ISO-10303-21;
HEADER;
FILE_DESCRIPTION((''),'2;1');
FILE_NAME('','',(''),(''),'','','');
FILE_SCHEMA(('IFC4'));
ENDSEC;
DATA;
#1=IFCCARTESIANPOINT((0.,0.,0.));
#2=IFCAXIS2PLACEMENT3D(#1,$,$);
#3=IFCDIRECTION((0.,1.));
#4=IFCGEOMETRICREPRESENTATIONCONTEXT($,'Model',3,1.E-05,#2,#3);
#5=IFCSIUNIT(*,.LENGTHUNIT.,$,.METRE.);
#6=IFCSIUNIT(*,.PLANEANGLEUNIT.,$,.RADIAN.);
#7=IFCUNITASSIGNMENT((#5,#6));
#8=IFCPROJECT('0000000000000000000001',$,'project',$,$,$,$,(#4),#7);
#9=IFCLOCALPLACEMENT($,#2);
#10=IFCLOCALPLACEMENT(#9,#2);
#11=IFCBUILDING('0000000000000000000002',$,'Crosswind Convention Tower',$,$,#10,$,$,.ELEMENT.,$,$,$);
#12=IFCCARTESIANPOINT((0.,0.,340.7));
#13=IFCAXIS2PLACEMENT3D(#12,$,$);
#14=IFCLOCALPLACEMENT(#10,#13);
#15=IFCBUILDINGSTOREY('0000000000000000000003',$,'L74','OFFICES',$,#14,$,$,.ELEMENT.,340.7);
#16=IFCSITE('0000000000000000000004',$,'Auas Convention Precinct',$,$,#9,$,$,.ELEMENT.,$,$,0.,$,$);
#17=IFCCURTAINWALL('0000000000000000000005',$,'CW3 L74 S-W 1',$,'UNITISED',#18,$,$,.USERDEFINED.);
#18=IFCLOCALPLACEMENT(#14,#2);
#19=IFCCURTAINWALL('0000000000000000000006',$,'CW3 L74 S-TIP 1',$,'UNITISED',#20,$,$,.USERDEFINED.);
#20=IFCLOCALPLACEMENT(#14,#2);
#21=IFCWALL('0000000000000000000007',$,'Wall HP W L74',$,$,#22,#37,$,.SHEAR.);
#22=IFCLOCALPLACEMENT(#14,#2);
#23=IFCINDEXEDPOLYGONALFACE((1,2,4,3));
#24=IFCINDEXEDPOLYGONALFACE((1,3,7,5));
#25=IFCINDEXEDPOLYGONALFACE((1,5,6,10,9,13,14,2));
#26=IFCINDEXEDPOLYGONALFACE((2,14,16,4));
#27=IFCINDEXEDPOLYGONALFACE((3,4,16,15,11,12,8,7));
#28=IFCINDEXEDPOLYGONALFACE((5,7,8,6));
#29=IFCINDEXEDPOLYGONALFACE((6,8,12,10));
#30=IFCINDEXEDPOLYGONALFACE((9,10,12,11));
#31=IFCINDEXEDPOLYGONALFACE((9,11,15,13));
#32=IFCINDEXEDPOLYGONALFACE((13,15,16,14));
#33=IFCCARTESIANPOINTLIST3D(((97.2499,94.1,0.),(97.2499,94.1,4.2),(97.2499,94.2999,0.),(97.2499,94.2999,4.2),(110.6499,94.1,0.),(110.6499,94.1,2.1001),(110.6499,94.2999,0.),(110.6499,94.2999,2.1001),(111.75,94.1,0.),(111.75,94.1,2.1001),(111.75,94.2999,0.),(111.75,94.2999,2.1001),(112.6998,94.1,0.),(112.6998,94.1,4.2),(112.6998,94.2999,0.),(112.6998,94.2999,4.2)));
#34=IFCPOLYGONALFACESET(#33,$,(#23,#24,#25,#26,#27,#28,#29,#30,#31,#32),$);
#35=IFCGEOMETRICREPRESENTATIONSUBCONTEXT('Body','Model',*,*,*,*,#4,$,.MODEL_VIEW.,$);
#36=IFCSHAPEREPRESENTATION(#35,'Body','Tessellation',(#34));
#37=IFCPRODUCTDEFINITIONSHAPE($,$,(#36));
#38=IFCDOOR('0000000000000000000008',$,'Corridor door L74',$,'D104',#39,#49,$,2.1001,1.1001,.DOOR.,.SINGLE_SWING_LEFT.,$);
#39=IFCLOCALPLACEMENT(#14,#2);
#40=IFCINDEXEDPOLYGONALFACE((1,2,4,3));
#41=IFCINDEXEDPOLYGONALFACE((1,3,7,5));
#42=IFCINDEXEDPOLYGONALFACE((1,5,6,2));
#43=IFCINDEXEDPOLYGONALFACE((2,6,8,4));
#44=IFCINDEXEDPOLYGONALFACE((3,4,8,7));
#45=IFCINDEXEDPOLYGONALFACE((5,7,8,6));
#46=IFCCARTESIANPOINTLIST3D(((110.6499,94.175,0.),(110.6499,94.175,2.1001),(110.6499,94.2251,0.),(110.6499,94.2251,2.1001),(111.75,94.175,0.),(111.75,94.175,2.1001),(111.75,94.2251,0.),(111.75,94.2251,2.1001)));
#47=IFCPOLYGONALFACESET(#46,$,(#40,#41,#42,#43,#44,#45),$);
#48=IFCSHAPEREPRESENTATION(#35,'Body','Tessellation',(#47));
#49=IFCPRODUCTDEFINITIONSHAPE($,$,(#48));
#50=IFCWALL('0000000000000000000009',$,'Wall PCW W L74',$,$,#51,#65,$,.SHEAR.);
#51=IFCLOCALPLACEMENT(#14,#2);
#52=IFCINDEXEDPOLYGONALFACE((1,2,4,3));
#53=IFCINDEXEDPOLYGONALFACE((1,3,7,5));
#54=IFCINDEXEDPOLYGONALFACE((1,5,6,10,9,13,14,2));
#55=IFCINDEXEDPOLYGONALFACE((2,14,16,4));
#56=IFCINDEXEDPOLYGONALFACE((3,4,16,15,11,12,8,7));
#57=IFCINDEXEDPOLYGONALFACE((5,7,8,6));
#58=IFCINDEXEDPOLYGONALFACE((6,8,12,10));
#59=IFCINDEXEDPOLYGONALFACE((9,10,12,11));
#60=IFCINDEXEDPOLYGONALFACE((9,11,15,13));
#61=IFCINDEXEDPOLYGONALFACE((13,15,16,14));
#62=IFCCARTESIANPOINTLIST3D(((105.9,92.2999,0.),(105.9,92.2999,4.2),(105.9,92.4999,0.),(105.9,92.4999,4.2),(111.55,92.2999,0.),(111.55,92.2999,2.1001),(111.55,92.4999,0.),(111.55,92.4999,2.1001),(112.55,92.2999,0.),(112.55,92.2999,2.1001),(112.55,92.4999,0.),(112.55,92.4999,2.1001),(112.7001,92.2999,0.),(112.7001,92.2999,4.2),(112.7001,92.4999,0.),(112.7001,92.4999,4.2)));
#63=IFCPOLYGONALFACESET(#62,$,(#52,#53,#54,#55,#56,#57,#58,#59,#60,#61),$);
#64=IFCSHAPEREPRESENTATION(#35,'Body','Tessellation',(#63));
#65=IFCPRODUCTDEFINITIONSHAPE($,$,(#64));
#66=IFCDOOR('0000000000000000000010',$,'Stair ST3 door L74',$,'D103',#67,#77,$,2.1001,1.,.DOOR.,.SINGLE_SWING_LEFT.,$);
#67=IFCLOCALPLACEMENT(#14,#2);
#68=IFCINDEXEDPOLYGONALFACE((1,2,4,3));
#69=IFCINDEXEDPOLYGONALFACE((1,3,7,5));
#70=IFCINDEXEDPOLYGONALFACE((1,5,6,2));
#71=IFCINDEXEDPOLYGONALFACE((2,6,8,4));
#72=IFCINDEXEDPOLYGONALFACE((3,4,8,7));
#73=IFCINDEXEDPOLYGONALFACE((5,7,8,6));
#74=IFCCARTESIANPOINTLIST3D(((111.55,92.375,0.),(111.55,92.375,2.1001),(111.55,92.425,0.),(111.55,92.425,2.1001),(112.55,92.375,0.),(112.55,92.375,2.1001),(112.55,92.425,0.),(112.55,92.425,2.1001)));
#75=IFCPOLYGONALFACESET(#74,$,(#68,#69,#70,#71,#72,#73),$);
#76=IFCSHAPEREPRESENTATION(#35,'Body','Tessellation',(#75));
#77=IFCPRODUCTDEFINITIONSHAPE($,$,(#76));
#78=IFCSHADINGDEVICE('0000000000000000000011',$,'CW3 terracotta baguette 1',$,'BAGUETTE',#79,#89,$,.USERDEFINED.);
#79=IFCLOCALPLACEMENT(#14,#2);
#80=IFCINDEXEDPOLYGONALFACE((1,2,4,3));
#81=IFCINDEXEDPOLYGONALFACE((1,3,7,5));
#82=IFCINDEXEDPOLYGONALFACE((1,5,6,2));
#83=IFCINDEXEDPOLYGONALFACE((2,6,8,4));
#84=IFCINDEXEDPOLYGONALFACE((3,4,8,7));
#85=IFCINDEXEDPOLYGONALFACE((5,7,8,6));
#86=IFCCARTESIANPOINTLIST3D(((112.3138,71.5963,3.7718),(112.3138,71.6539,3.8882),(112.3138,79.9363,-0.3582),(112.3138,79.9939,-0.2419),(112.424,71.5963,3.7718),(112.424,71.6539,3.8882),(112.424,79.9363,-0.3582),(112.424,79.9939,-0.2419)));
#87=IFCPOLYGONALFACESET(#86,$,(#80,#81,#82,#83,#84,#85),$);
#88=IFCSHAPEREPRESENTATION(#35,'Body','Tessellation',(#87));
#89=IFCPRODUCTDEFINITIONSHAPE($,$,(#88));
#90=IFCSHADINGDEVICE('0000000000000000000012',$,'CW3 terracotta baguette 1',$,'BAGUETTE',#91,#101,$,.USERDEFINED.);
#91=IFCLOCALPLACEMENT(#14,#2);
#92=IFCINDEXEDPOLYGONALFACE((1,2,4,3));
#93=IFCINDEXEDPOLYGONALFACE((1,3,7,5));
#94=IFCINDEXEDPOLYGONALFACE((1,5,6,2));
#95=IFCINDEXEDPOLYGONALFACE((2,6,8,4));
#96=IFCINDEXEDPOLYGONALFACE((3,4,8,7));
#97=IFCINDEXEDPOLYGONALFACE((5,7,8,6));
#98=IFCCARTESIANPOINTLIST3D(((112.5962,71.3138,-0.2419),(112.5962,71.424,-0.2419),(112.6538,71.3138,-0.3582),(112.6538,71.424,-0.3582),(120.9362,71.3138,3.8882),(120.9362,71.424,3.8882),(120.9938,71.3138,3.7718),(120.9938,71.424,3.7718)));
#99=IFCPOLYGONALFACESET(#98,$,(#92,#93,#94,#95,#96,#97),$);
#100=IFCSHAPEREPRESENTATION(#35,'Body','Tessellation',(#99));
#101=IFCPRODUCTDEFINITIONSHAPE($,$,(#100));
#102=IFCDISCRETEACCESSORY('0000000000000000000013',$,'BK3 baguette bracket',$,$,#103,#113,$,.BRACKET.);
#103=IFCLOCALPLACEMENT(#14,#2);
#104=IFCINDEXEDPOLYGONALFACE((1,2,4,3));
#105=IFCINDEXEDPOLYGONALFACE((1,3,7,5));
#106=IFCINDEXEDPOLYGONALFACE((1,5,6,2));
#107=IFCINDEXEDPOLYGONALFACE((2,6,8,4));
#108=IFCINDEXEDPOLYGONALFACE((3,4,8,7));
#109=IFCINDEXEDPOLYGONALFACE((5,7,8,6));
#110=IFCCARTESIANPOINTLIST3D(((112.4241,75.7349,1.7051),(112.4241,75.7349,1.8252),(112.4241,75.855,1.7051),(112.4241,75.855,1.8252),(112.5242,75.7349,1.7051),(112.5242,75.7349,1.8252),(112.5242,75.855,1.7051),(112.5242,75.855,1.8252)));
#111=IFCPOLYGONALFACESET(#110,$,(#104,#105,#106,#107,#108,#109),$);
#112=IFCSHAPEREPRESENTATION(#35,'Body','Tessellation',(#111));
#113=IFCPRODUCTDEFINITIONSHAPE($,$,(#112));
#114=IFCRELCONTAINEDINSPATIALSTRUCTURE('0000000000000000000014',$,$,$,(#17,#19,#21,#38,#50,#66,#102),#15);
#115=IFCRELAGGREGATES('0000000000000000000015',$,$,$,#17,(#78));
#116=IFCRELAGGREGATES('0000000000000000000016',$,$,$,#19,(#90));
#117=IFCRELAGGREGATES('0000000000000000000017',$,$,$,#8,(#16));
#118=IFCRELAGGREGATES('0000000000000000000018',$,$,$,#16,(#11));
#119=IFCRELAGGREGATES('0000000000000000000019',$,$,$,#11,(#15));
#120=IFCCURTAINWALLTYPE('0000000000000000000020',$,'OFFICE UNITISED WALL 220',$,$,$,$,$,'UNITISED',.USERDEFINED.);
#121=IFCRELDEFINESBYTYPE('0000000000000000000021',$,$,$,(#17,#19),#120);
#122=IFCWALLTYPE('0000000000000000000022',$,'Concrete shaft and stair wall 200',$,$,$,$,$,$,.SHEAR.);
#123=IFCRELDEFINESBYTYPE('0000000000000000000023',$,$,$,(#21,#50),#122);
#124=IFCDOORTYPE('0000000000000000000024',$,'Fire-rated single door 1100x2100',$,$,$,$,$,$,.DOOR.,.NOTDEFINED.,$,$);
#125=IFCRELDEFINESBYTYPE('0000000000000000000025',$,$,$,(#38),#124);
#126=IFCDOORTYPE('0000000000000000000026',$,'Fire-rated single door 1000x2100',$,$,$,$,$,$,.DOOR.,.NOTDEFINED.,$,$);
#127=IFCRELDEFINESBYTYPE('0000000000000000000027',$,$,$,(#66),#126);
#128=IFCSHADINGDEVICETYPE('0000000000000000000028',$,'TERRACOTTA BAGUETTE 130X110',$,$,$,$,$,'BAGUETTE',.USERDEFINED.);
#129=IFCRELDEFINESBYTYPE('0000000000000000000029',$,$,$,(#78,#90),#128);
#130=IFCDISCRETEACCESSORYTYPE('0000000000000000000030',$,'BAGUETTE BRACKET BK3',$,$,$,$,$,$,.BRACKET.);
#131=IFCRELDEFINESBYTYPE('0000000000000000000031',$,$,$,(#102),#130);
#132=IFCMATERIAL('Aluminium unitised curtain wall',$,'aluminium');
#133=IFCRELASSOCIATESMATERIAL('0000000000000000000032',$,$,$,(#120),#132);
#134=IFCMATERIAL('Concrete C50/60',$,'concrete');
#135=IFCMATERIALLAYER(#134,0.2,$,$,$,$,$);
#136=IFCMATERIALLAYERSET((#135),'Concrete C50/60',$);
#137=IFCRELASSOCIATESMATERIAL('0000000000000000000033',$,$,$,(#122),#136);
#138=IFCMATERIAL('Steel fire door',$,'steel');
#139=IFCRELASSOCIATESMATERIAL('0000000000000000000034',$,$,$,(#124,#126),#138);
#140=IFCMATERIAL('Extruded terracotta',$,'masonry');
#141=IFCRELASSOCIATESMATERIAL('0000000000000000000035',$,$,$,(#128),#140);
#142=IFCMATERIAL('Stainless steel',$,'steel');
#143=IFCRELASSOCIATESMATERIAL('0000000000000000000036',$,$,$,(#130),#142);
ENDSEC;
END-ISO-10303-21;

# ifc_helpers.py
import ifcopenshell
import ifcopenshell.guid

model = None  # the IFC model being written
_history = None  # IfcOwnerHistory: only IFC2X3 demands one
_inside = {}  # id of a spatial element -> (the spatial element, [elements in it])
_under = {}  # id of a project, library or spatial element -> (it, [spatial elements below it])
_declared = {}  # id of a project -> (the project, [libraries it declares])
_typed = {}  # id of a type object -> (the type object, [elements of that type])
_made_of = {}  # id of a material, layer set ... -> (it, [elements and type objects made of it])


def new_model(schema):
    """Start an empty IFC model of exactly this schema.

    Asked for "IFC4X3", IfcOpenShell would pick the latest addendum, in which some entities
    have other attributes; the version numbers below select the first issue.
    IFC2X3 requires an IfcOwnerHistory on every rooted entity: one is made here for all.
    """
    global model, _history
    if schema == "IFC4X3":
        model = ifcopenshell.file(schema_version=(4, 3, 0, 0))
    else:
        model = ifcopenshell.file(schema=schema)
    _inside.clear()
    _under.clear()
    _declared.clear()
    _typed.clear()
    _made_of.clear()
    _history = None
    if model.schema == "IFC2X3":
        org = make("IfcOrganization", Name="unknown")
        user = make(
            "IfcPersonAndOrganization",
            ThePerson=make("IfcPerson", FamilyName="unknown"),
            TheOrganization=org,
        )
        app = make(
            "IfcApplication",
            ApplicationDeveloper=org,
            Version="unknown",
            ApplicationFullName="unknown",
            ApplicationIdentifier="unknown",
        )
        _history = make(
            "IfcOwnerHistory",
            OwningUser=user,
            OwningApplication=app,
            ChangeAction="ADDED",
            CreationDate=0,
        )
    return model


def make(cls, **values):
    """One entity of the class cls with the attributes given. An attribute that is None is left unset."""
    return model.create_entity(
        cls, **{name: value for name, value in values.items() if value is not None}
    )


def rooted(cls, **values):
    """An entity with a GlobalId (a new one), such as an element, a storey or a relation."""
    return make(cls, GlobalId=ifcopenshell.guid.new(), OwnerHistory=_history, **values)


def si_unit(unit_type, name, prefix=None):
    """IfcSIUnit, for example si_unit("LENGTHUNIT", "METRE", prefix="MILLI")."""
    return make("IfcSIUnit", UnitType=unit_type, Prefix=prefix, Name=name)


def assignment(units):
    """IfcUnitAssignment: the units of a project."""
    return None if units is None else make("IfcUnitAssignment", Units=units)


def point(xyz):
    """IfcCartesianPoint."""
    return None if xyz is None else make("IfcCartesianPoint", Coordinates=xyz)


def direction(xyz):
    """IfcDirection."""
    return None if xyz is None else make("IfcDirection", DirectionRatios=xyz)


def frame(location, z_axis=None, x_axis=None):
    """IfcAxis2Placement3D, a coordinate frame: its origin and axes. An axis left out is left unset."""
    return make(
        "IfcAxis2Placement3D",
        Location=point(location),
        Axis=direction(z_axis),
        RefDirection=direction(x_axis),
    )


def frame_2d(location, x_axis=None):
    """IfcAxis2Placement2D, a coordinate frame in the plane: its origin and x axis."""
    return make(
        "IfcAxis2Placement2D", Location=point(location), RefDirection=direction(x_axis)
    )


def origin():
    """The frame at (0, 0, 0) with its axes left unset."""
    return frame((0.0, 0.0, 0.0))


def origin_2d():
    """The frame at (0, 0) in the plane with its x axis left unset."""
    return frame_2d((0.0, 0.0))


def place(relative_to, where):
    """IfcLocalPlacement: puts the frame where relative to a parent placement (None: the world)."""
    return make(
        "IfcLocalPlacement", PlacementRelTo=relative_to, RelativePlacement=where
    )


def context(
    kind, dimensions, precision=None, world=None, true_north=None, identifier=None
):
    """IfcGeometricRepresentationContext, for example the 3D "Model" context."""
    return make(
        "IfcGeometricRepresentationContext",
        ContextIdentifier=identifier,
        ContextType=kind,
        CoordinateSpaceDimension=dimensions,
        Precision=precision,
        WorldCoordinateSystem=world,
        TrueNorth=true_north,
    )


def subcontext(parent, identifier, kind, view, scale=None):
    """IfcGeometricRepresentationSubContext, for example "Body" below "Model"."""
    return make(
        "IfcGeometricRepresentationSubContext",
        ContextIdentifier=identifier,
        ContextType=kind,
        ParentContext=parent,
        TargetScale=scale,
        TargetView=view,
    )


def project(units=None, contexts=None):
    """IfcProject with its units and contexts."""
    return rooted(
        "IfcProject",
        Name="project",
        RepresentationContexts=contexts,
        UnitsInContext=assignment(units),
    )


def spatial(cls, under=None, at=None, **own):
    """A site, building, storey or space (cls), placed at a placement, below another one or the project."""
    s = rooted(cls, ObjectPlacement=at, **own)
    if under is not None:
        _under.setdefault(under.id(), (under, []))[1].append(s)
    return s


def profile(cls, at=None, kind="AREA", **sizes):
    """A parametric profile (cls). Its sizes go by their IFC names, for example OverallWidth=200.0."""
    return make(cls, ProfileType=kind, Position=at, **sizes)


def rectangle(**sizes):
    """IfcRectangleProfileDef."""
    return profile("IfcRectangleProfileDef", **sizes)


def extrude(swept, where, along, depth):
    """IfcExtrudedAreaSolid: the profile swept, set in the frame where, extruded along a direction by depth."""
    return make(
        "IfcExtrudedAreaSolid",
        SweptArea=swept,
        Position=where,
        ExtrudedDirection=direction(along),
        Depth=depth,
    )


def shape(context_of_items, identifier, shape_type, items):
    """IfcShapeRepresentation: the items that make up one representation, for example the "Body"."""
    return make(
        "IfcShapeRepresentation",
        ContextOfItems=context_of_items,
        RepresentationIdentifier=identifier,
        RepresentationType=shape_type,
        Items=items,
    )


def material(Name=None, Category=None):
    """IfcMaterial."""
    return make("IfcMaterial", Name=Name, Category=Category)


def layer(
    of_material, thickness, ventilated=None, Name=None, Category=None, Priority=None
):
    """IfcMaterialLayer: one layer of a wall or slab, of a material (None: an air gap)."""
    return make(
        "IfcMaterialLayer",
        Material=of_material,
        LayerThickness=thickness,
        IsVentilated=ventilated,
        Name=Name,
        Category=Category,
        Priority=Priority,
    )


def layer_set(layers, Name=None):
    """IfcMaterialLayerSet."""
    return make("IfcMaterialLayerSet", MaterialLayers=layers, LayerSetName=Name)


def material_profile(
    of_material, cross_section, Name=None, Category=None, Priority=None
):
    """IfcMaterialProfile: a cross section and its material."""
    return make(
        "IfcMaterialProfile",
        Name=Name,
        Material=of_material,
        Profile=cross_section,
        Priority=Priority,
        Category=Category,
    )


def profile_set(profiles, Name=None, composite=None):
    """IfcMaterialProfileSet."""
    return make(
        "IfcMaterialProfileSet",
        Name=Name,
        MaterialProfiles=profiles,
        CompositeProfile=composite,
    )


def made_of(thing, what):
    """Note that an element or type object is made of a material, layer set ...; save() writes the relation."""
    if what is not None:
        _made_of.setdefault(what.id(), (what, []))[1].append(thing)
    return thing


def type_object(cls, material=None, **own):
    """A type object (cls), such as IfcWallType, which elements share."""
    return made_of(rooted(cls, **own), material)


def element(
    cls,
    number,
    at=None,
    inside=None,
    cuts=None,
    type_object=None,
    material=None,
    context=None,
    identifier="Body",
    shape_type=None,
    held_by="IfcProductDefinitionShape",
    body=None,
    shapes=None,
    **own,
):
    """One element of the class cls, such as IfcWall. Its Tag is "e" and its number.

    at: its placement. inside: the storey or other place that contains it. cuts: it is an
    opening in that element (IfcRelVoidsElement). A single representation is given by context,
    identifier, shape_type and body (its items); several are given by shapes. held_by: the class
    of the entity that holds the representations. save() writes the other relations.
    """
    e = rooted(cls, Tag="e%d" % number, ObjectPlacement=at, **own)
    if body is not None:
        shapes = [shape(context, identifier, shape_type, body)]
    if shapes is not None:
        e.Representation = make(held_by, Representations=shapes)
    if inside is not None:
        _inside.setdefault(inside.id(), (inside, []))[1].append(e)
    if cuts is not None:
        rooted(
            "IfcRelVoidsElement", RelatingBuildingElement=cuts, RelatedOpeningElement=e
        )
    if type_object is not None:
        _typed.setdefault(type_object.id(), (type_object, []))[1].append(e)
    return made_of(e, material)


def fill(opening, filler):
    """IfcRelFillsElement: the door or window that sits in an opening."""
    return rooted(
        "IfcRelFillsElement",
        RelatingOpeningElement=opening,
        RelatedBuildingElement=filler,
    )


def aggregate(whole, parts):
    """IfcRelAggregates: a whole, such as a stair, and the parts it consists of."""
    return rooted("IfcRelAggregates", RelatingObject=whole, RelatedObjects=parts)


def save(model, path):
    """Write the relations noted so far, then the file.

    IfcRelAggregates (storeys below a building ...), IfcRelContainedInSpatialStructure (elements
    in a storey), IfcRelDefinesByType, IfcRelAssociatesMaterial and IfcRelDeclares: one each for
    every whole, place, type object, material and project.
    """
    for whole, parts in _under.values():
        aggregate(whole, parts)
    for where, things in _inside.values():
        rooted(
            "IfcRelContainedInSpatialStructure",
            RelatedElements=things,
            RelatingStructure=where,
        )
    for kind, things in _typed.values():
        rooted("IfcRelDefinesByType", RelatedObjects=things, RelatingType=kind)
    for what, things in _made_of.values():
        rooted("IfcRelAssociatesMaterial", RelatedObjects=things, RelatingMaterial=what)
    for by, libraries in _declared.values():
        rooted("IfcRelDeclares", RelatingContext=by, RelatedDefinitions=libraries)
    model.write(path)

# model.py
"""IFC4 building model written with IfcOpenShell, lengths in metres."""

from ifc_helpers import new_model, si_unit, direction, frame, frame_2d, origin, origin_2d, place, context, subcontext, project, spatial, rectangle, extrude, material, layer, layer_set, material_profile, profile_set, type_object, element, fill, aggregate, save


model = new_model("IFC4")

# Units and contexts
model_context = context("Model", 3, precision=1e-05, world=origin(), true_north=direction((0.0, 1.0)))
body_context = subcontext(model_context, "Body", "Model", "MODEL_VIEW")
ifc_project = project(units=[si_unit("LENGTHUNIT", "METRE"), si_unit("PLANEANGLEUNIT", "RADIAN")], contexts=[model_context])

# Site, building, storey
site_placement = place(None, origin())
site = spatial("IfcSite", under=ifc_project, at=site_placement, Name="Auas Convention Precinct", CompositionType="ELEMENT", RefElevation=0.0)
building_placement = place(site_placement, origin())
building = spatial("IfcBuilding", under=site, at=building_placement, Name="Crosswind Convention Tower", CompositionType="ELEMENT")
storey_placement = place(building_placement, frame((0.0, 0.0, 340.7)))
storey = spatial("IfcBuildingStorey", under=building, at=storey_placement, Name="L74", Description="OFFICES", CompositionType="ELEMENT", Elevation=340.7)

# Curtain wall
ifc_material_1 = material(Name="Aluminium unitised curtain wall", Category="aluminium")
curtain_wall_type_1 = type_object("IfcCurtainWallType", Name="OFFICE UNITISED WALL 220", ElementType="UNITISED", PredefinedType="USERDEFINED", material=ifc_material_1)
curtain_wall_1_placement = place(storey_placement, origin())
curtain_wall_1 = element("IfcCurtainWall", 1, at=curtain_wall_1_placement, inside=storey, type_object=curtain_wall_type_1, Name="CW3 L74 S-W 1", ObjectType="UNITISED", PredefinedType="USERDEFINED")

# Curtain wall
curtain_wall_2_placement = place(storey_placement, origin())
curtain_wall_2 = element("IfcCurtainWall", 2, at=curtain_wall_2_placement, inside=storey, type_object=curtain_wall_type_1, Name="CW3 L74 S-TIP 1", ObjectType="UNITISED", PredefinedType="USERDEFINED")

# Shared definitions
ifc_material_2 = material(Name="Concrete C50/60", Category="concrete")

# Walls, openings, doors
ifc_layer_1 = layer(ifc_material_2, 0.2)
ifc_layer_set_1 = layer_set([ifc_layer_1], Name="Concrete C50/60")
wall_type_1 = type_object("IfcWallType", Name="Concrete shaft and stair wall 200", PredefinedType="SHEAR", material=ifc_layer_set_1)
wall_1_placement = place(storey_placement, frame((112.7, 94.2, 0.0), z_axis=(0.0, 0.0, 1.0), x_axis=(-1.0, 0.0, 0.0)))
wall_1 = element("IfcWall", 3, at=wall_1_placement, inside=storey, type_object=wall_type_1, Name="Wall HP W L74", PredefinedType="SHEAR", context=body_context, shape_type="SweptSolid", body=[
    extrude(rectangle(XDim=15.45, YDim=0.2, at=frame_2d((7.7251, 0.0))), origin(), (0.0, 0.0, 1.0), 4.2),
])
opening_1_placement = place(wall_1_placement, frame((0.95, 0.0, 0.0)))
opening_1 = element("IfcOpeningElement", 4, at=opening_1_placement, cuts=wall_1, PredefinedType="OPENING", context=body_context, shape_type="SweptSolid", body=[
    extrude(rectangle(XDim=1.1001, YDim=2.1001, at=frame_2d((0.55, 1.05))), frame((0.0, 0.1099, 0.0), z_axis=(0.0, -1.0, 0.0), x_axis=(1.0, 0.0, 0.0)), (0.0, 0.0, 1.0), 0.22),
])
ifc_material_3 = material(Name="Steel fire door", Category="steel")
door_type_1 = type_object("IfcDoorType", Name="Fire-rated single door 1100x2100", OperationType="NOTDEFINED", PredefinedType="DOOR", material=ifc_material_3)
door_1_placement = place(opening_1_placement, origin())
door_1 = element("IfcDoor", 5, at=door_1_placement, inside=storey, type_object=door_type_1, Name="Corridor door L74", ObjectType="D104", OperationType="SINGLE_SWING_LEFT", OverallHeight=2.1001, OverallWidth=1.1001, PredefinedType="DOOR", context=body_context, shape_type="SweptSolid", body=[
    extrude(rectangle(XDim=1.1001, YDim=2.1001, at=frame_2d((0.55, 1.05))), frame((0.0, 0.0249, 0.0), z_axis=(0.0, -1.0, 0.0), x_axis=(1.0, 0.0, 0.0)), (0.0, 0.0, 1.0), 0.05),
])
fill(opening_1, door_1)
wall_2_placement = place(storey_placement, frame((112.7, 92.3999, 0.0), z_axis=(0.0, 0.0, 1.0), x_axis=(-1.0, 0.0, 0.0)))
wall_2 = element("IfcWall", 6, at=wall_2_placement, inside=storey, type_object=wall_type_1, Name="Wall PCW W L74", PredefinedType="SHEAR", context=body_context, shape_type="SweptSolid", body=[
    extrude(rectangle(XDim=6.8, YDim=0.2, at=frame_2d((3.3999, 0.0))), origin(), (0.0, 0.0, 1.0), 4.2),
])
opening_2_placement = place(wall_2_placement, frame((0.1499, 0.0, 0.0)))
opening_2 = element("IfcOpeningElement", 7, at=opening_2_placement, cuts=wall_2, PredefinedType="OPENING", context=body_context, shape_type="SweptSolid", body=[
    extrude(rectangle(XDim=1.0, YDim=2.1001, at=frame_2d((0.5, 1.05))), frame((0.0, 0.1099, 0.0), z_axis=(0.0, -1.0, 0.0), x_axis=(1.0, 0.0, 0.0)), (0.0, 0.0, 1.0), 0.22),
])
door_type_2 = type_object("IfcDoorType", Name="Fire-rated single door 1000x2100", OperationType="NOTDEFINED", PredefinedType="DOOR", material=ifc_material_3)
door_2_placement = place(opening_2_placement, origin())
door_2 = element("IfcDoor", 8, at=door_2_placement, inside=storey, type_object=door_type_2, Name="Stair ST3 door L74", ObjectType="D103", OperationType="SINGLE_SWING_LEFT", OverallHeight=2.1001, OverallWidth=1.0, PredefinedType="DOOR", context=body_context, shape_type="SweptSolid", body=[
    extrude(rectangle(XDim=1.0, YDim=2.1001, at=frame_2d((0.5, 1.05))), frame((0.0, 0.0249, 0.0), z_axis=(0.0, -1.0, 0.0), x_axis=(1.0, 0.0, 0.0)), (0.0, 0.0, 1.0), 0.05),
])
fill(opening_2, door_2)

# Shading devices
ifc_material_4 = material(Name="Extruded terracotta", Category="masonry")
ifc_material_profile_1 = material_profile(ifc_material_4, rectangle(XDim=0.1101, YDim=0.1299, at=origin_2d()), Name="TC 110X130")
ifc_profile_set_1 = profile_set([ifc_material_profile_1], Name="Extruded terracotta")
shading_device_type = type_object("IfcShadingDeviceType", Name="TERRACOTTA BAGUETTE 130X110", ElementType="BAGUETTE", PredefinedType="USERDEFINED", material=ifc_profile_set_1)
shading_device_1_placement = place(storey_placement, frame((112.3689, 79.9651, -0.3), z_axis=(0.0, -0.896136, 0.443779), x_axis=(1.0, 0.0, 0.0)))
shading_device_1 = element("IfcShadingDevice", 9, at=shading_device_1_placement, type_object=shading_device_type, Name="CW3 terracotta baguette 1", ObjectType="BAGUETTE", PredefinedType="USERDEFINED", context=body_context, shape_type="SweptSolid", body=[
    extrude(rectangle(XDim=0.1101, YDim=0.1299, at=origin_2d()), origin(), (0.0, 0.0, 1.0), 9.3066),
])
aggregate(curtain_wall_1, [shading_device_1])
shading_device_2_placement = place(storey_placement, frame((112.625, 71.3689, -0.3), z_axis=(0.896136, 0.0, 0.443779), x_axis=(0.0, 1.0, 0.0)))
shading_device_2 = element("IfcShadingDevice", 10, at=shading_device_2_placement, type_object=shading_device_type, Name="CW3 terracotta baguette 1", ObjectType="BAGUETTE", PredefinedType="USERDEFINED", context=body_context, shape_type="SweptSolid", body=[
    extrude(rectangle(XDim=0.1101, YDim=0.1299, at=origin_2d()), origin(), (0.0, 0.0, 1.0), 9.3066),
])
aggregate(curtain_wall_2, [shading_device_2])

# Discrete accessory
ifc_material_5 = material(Name="Stainless steel", Category="steel")
discrete_accessory_type = type_object("IfcDiscreteAccessoryType", Name="BAGUETTE BRACKET BK3", PredefinedType="BRACKET", material=ifc_material_5)
discrete_accessory_placement = place(storey_placement, frame((112.4741, 75.7949, 1.7051), z_axis=(0.0, 0.0, 1.0), x_axis=(0.0, -1.0, 0.0)))
element("IfcDiscreteAccessory", 11, at=discrete_accessory_placement, inside=storey, type_object=discrete_accessory_type, Name="BK3 baguette bracket", PredefinedType="BRACKET", context=body_context, shape_type="SweptSolid", body=[
    extrude(rectangle(XDim=0.1201, YDim=0.1001, at=origin_2d()), origin(), (0.0, 0.0, 1.0), 0.1201),
])

save(model, "model.ifc")
